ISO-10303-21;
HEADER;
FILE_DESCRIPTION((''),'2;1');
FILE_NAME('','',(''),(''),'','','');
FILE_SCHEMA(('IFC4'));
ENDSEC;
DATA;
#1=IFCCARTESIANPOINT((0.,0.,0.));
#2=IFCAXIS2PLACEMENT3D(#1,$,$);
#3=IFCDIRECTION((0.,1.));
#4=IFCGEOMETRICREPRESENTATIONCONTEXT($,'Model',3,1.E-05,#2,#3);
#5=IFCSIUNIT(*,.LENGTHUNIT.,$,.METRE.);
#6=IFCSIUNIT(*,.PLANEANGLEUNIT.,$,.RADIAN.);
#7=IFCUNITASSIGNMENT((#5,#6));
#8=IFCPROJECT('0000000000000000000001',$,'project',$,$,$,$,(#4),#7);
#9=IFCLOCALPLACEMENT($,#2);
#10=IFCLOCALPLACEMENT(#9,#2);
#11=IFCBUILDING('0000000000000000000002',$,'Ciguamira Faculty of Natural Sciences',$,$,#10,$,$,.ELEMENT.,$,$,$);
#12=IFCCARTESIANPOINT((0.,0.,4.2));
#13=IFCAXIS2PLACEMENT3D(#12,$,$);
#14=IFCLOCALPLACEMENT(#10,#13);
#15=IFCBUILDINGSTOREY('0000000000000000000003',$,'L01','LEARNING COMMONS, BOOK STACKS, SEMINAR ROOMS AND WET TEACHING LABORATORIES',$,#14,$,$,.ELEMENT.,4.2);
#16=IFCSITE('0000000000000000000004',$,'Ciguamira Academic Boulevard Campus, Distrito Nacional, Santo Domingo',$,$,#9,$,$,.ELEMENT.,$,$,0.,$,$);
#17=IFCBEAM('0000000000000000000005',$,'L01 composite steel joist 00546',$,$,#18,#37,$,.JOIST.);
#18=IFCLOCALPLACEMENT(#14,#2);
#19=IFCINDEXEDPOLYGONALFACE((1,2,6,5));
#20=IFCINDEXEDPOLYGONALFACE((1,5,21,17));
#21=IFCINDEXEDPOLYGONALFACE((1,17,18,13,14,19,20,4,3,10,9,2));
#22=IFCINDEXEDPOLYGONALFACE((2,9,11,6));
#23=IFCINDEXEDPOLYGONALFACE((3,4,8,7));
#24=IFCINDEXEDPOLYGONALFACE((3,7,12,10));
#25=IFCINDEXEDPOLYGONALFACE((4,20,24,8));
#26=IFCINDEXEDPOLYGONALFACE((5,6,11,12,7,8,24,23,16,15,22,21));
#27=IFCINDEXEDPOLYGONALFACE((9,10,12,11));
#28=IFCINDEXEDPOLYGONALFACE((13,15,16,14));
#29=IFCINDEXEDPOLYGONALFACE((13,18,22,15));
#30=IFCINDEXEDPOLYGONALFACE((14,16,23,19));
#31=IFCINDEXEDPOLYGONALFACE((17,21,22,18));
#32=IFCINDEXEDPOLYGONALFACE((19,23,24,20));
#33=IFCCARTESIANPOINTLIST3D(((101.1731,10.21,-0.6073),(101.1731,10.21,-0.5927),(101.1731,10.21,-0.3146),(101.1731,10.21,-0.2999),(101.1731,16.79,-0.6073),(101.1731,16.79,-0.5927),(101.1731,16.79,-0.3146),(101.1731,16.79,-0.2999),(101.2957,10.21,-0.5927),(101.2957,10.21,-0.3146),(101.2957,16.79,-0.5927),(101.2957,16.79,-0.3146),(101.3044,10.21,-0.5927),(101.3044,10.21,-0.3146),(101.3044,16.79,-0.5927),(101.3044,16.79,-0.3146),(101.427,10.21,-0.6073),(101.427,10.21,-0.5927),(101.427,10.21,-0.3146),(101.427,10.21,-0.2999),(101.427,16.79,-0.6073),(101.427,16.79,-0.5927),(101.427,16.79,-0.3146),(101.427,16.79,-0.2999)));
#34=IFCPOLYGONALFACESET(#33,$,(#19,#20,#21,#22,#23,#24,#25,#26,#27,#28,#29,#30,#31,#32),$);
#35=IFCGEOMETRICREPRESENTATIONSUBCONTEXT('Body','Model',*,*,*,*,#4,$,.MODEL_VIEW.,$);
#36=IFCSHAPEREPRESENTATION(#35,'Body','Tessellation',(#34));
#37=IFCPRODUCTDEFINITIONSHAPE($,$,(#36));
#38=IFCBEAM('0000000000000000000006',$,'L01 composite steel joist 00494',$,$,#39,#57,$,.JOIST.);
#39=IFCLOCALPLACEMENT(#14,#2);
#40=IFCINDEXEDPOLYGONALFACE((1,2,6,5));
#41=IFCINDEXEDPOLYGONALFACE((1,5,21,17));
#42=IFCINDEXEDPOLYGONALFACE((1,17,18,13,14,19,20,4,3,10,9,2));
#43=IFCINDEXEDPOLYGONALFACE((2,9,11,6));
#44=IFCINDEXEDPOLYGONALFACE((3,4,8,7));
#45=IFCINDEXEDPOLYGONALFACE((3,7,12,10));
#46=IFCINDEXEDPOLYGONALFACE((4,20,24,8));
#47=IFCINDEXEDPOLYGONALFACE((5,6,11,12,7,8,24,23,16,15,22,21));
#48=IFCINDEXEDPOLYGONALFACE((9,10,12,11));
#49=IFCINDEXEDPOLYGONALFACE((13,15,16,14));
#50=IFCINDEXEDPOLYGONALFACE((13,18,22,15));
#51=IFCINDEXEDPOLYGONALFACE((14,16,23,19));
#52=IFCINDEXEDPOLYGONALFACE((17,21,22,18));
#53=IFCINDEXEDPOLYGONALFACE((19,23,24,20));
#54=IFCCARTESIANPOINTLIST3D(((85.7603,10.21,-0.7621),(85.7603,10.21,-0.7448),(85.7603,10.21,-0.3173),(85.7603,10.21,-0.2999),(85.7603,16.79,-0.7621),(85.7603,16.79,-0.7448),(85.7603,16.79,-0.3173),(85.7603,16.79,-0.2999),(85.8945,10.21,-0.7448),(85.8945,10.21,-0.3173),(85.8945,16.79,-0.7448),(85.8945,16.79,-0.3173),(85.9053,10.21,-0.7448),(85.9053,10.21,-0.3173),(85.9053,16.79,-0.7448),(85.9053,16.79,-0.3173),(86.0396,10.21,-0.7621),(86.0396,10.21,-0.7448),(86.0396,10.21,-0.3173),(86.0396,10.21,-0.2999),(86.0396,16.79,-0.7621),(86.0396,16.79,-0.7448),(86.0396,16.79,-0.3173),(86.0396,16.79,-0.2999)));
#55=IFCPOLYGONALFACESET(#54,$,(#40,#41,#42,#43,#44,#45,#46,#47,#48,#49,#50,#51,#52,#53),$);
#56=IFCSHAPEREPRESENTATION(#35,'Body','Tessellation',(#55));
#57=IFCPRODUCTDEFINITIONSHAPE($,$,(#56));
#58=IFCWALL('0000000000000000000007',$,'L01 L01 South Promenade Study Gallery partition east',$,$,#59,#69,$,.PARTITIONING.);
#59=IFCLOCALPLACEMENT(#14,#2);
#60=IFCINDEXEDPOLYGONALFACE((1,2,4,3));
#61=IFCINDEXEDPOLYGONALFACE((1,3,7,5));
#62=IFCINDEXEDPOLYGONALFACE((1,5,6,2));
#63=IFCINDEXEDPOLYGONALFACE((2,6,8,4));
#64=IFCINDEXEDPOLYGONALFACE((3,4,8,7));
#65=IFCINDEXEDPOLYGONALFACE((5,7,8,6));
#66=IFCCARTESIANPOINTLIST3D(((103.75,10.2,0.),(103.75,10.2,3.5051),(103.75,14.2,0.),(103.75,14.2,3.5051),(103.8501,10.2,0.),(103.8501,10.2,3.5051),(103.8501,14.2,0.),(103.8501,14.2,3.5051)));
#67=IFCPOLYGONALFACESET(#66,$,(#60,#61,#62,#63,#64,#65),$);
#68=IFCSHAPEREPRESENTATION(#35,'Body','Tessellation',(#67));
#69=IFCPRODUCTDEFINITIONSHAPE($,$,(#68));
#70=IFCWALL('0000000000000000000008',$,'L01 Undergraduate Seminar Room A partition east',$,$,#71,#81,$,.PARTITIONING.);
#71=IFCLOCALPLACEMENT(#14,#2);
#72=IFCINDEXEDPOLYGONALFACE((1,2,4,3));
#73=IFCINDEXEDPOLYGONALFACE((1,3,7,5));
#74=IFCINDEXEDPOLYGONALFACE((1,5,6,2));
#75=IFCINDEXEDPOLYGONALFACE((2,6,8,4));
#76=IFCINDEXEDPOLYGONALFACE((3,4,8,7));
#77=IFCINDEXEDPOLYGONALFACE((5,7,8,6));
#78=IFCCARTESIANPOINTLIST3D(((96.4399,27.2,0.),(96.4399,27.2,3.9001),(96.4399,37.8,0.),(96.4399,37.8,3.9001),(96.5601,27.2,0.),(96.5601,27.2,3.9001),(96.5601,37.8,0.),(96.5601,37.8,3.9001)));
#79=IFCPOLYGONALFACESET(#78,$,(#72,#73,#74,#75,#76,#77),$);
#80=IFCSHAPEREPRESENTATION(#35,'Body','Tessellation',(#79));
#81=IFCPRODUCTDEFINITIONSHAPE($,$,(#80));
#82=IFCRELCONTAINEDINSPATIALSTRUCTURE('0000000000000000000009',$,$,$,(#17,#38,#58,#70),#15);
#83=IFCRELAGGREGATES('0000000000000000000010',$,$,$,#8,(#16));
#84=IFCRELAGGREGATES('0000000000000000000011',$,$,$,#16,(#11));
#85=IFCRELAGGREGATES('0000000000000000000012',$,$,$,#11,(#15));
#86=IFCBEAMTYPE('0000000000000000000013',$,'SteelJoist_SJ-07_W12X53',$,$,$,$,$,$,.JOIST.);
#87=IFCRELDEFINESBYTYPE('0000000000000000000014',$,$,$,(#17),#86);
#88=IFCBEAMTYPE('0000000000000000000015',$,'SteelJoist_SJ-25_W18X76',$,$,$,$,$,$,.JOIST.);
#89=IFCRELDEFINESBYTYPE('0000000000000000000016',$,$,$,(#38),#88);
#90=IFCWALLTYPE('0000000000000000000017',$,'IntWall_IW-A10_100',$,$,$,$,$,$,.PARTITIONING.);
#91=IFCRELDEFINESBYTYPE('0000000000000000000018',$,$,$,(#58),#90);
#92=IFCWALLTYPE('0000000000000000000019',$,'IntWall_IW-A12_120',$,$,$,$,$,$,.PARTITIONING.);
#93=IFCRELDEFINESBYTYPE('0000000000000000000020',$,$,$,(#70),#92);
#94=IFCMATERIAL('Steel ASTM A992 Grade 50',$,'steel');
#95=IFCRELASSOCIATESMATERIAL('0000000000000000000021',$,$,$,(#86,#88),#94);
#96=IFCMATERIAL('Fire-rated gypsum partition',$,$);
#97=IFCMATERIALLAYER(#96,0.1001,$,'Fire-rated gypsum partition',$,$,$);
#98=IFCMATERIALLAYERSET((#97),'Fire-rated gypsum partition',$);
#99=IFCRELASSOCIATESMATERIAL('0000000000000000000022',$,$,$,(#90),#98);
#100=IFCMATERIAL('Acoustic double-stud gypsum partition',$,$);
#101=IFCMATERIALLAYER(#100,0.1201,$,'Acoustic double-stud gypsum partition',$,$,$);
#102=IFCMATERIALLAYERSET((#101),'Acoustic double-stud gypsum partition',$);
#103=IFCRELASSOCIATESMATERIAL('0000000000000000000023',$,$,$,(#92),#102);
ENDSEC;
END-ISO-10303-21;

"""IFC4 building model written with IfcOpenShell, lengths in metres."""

from ifc_helpers import new_model, si_unit, direction, frame, frame_2d, origin, origin_2d, place, context, subcontext, project, spatial, rectangle, i_section, extrude, material, layer, layer_set, material_profile, profile_set, type_object, element, save


model = new_model("IFC4")

# Units and contexts
model_context = context("Model", 3, precision=1e-05, world=origin(), true_north=direction((0.0, 1.0)))
body_context = subcontext(model_context, "Body", "Model", "MODEL_VIEW")
ifc_project = project(units=[si_unit("LENGTHUNIT", "METRE"), si_unit("PLANEANGLEUNIT", "RADIAN")], contexts=[model_context])

# Site, building, storey
site_placement = place(None, origin())
site = spatial("IfcSite", under=ifc_project, at=site_placement, Name="Ciguamira Academic Boulevard Campus, Distrito Nacional, Santo Domingo", CompositionType="ELEMENT", RefElevation=0.0)
building_placement = place(site_placement, origin())
building = spatial("IfcBuilding", under=site, at=building_placement, Name="Ciguamira Faculty of Natural Sciences", CompositionType="ELEMENT")
storey_placement = place(building_placement, frame((0.0, 0.0, 4.2)))
storey = spatial("IfcBuildingStorey", under=building, at=storey_placement, Name="L01", Description="LEARNING COMMONS, BOOK STACKS, SEMINAR ROOMS AND WET TEACHING LABORATORIES", CompositionType="ELEMENT", Elevation=4.2)

# Beams
ifc_material_1 = material(Name="Steel ASTM A992 Grade 50", Category="steel")
ifc_material_profile_1 = material_profile(ifc_material_1, i_section(OverallWidth=0.2539, OverallDepth=0.3074, WebThickness=0.0088, FlangeThickness=0.0146, at=origin_2d()), Name="W12X53")
ifc_profile_set_1 = profile_set([ifc_material_profile_1], Name="Steel ASTM A992 Grade 50")
beam_type_1 = type_object("IfcBeamType", Name="SteelJoist_SJ-07_W12X53", PredefinedType="JOIST", material=ifc_profile_set_1)
beam_1_placement = place(storey_placement, frame((101.3, 10.21, -0.4536), z_axis=(0.0, 1.0, 0.0), x_axis=(-1.0, 0.0, 0.0)))
element("IfcBeam", 1, at=beam_1_placement, inside=storey, type_object=beam_type_1, Name="L01 composite steel joist 00546", PredefinedType="JOIST", context=body_context, shape_type="SweptSolid", body=[
    extrude(i_section(OverallWidth=0.2539, OverallDepth=0.3074, WebThickness=0.0088, FlangeThickness=0.0146, at=origin_2d()), origin(), (0.0, 0.0, 1.0), 6.5801),
])
ifc_material_profile_2 = material_profile(ifc_material_1, i_section(OverallWidth=0.2793, OverallDepth=0.4622, WebThickness=0.0107, FlangeThickness=0.0173, at=origin_2d()), Name="W18X76")
ifc_profile_set_2 = profile_set([ifc_material_profile_2], Name="Steel ASTM A992 Grade 50")
beam_type_2 = type_object("IfcBeamType", Name="SteelJoist_SJ-25_W18X76", PredefinedType="JOIST", material=ifc_profile_set_2)
beam_2_placement = place(storey_placement, frame((85.8999, 10.21, -0.531), z_axis=(0.0, 1.0, 0.0), x_axis=(-1.0, 0.0, 0.0)))
element("IfcBeam", 2, at=beam_2_placement, inside=storey, type_object=beam_type_2, Name="L01 composite steel joist 00494", PredefinedType="JOIST", context=body_context, shape_type="SweptSolid", body=[
    extrude(i_section(OverallWidth=0.2793, OverallDepth=0.4622, WebThickness=0.0107, FlangeThickness=0.0173, at=origin_2d()), origin(), (0.0, 0.0, 1.0), 6.5801),
])

# Walls
ifc_material_2 = material(Name="Fire-rated gypsum partition")
ifc_layer_1 = layer(ifc_material_2, 0.1001, Name="Fire-rated gypsum partition")
ifc_layer_set_1 = layer_set([ifc_layer_1], Name="Fire-rated gypsum partition")
wall_type_1 = type_object("IfcWallType", Name="IntWall_IW-A10_100", PredefinedType="PARTITIONING", material=ifc_layer_set_1)
wall_1_placement = place(storey_placement, frame((103.8, 10.2, 0.0), z_axis=(0.0, 0.0, 1.0), x_axis=(0.0, 1.0, 0.0)))
element("IfcWall", 3, at=wall_1_placement, inside=storey, type_object=wall_type_1, Name="L01 L01 South Promenade Study Gallery partition east", PredefinedType="PARTITIONING", context=body_context, shape_type="SweptSolid", body=[
    extrude(rectangle(XDim=4.0, YDim=0.1001, at=frame_2d((2.0, 0.0))), origin(), (0.0, 0.0, 1.0), 3.5051),
])
ifc_material_3 = material(Name="Acoustic double-stud gypsum partition")
ifc_layer_2 = layer(ifc_material_3, 0.1201, Name="Acoustic double-stud gypsum partition")
ifc_layer_set_2 = layer_set([ifc_layer_2], Name="Acoustic double-stud gypsum partition")
wall_type_2 = type_object("IfcWallType", Name="IntWall_IW-A12_120", PredefinedType="PARTITIONING", material=ifc_layer_set_2)
wall_2_placement = place(storey_placement, frame((96.5, 27.2, 0.0), z_axis=(0.0, 0.0, 1.0), x_axis=(0.0, 1.0, 0.0)))
element("IfcWall", 4, at=wall_2_placement, inside=storey, type_object=wall_type_2, Name="L01 Undergraduate Seminar Room A partition east", PredefinedType="PARTITIONING", context=body_context, shape_type="SweptSolid", body=[
    extrude(rectangle(XDim=10.6001, YDim=0.1201, at=frame_2d((5.3, 0.0))), origin(), (0.0, 0.0, 1.0), 3.9001),
])

save(model, "model.ifc")
